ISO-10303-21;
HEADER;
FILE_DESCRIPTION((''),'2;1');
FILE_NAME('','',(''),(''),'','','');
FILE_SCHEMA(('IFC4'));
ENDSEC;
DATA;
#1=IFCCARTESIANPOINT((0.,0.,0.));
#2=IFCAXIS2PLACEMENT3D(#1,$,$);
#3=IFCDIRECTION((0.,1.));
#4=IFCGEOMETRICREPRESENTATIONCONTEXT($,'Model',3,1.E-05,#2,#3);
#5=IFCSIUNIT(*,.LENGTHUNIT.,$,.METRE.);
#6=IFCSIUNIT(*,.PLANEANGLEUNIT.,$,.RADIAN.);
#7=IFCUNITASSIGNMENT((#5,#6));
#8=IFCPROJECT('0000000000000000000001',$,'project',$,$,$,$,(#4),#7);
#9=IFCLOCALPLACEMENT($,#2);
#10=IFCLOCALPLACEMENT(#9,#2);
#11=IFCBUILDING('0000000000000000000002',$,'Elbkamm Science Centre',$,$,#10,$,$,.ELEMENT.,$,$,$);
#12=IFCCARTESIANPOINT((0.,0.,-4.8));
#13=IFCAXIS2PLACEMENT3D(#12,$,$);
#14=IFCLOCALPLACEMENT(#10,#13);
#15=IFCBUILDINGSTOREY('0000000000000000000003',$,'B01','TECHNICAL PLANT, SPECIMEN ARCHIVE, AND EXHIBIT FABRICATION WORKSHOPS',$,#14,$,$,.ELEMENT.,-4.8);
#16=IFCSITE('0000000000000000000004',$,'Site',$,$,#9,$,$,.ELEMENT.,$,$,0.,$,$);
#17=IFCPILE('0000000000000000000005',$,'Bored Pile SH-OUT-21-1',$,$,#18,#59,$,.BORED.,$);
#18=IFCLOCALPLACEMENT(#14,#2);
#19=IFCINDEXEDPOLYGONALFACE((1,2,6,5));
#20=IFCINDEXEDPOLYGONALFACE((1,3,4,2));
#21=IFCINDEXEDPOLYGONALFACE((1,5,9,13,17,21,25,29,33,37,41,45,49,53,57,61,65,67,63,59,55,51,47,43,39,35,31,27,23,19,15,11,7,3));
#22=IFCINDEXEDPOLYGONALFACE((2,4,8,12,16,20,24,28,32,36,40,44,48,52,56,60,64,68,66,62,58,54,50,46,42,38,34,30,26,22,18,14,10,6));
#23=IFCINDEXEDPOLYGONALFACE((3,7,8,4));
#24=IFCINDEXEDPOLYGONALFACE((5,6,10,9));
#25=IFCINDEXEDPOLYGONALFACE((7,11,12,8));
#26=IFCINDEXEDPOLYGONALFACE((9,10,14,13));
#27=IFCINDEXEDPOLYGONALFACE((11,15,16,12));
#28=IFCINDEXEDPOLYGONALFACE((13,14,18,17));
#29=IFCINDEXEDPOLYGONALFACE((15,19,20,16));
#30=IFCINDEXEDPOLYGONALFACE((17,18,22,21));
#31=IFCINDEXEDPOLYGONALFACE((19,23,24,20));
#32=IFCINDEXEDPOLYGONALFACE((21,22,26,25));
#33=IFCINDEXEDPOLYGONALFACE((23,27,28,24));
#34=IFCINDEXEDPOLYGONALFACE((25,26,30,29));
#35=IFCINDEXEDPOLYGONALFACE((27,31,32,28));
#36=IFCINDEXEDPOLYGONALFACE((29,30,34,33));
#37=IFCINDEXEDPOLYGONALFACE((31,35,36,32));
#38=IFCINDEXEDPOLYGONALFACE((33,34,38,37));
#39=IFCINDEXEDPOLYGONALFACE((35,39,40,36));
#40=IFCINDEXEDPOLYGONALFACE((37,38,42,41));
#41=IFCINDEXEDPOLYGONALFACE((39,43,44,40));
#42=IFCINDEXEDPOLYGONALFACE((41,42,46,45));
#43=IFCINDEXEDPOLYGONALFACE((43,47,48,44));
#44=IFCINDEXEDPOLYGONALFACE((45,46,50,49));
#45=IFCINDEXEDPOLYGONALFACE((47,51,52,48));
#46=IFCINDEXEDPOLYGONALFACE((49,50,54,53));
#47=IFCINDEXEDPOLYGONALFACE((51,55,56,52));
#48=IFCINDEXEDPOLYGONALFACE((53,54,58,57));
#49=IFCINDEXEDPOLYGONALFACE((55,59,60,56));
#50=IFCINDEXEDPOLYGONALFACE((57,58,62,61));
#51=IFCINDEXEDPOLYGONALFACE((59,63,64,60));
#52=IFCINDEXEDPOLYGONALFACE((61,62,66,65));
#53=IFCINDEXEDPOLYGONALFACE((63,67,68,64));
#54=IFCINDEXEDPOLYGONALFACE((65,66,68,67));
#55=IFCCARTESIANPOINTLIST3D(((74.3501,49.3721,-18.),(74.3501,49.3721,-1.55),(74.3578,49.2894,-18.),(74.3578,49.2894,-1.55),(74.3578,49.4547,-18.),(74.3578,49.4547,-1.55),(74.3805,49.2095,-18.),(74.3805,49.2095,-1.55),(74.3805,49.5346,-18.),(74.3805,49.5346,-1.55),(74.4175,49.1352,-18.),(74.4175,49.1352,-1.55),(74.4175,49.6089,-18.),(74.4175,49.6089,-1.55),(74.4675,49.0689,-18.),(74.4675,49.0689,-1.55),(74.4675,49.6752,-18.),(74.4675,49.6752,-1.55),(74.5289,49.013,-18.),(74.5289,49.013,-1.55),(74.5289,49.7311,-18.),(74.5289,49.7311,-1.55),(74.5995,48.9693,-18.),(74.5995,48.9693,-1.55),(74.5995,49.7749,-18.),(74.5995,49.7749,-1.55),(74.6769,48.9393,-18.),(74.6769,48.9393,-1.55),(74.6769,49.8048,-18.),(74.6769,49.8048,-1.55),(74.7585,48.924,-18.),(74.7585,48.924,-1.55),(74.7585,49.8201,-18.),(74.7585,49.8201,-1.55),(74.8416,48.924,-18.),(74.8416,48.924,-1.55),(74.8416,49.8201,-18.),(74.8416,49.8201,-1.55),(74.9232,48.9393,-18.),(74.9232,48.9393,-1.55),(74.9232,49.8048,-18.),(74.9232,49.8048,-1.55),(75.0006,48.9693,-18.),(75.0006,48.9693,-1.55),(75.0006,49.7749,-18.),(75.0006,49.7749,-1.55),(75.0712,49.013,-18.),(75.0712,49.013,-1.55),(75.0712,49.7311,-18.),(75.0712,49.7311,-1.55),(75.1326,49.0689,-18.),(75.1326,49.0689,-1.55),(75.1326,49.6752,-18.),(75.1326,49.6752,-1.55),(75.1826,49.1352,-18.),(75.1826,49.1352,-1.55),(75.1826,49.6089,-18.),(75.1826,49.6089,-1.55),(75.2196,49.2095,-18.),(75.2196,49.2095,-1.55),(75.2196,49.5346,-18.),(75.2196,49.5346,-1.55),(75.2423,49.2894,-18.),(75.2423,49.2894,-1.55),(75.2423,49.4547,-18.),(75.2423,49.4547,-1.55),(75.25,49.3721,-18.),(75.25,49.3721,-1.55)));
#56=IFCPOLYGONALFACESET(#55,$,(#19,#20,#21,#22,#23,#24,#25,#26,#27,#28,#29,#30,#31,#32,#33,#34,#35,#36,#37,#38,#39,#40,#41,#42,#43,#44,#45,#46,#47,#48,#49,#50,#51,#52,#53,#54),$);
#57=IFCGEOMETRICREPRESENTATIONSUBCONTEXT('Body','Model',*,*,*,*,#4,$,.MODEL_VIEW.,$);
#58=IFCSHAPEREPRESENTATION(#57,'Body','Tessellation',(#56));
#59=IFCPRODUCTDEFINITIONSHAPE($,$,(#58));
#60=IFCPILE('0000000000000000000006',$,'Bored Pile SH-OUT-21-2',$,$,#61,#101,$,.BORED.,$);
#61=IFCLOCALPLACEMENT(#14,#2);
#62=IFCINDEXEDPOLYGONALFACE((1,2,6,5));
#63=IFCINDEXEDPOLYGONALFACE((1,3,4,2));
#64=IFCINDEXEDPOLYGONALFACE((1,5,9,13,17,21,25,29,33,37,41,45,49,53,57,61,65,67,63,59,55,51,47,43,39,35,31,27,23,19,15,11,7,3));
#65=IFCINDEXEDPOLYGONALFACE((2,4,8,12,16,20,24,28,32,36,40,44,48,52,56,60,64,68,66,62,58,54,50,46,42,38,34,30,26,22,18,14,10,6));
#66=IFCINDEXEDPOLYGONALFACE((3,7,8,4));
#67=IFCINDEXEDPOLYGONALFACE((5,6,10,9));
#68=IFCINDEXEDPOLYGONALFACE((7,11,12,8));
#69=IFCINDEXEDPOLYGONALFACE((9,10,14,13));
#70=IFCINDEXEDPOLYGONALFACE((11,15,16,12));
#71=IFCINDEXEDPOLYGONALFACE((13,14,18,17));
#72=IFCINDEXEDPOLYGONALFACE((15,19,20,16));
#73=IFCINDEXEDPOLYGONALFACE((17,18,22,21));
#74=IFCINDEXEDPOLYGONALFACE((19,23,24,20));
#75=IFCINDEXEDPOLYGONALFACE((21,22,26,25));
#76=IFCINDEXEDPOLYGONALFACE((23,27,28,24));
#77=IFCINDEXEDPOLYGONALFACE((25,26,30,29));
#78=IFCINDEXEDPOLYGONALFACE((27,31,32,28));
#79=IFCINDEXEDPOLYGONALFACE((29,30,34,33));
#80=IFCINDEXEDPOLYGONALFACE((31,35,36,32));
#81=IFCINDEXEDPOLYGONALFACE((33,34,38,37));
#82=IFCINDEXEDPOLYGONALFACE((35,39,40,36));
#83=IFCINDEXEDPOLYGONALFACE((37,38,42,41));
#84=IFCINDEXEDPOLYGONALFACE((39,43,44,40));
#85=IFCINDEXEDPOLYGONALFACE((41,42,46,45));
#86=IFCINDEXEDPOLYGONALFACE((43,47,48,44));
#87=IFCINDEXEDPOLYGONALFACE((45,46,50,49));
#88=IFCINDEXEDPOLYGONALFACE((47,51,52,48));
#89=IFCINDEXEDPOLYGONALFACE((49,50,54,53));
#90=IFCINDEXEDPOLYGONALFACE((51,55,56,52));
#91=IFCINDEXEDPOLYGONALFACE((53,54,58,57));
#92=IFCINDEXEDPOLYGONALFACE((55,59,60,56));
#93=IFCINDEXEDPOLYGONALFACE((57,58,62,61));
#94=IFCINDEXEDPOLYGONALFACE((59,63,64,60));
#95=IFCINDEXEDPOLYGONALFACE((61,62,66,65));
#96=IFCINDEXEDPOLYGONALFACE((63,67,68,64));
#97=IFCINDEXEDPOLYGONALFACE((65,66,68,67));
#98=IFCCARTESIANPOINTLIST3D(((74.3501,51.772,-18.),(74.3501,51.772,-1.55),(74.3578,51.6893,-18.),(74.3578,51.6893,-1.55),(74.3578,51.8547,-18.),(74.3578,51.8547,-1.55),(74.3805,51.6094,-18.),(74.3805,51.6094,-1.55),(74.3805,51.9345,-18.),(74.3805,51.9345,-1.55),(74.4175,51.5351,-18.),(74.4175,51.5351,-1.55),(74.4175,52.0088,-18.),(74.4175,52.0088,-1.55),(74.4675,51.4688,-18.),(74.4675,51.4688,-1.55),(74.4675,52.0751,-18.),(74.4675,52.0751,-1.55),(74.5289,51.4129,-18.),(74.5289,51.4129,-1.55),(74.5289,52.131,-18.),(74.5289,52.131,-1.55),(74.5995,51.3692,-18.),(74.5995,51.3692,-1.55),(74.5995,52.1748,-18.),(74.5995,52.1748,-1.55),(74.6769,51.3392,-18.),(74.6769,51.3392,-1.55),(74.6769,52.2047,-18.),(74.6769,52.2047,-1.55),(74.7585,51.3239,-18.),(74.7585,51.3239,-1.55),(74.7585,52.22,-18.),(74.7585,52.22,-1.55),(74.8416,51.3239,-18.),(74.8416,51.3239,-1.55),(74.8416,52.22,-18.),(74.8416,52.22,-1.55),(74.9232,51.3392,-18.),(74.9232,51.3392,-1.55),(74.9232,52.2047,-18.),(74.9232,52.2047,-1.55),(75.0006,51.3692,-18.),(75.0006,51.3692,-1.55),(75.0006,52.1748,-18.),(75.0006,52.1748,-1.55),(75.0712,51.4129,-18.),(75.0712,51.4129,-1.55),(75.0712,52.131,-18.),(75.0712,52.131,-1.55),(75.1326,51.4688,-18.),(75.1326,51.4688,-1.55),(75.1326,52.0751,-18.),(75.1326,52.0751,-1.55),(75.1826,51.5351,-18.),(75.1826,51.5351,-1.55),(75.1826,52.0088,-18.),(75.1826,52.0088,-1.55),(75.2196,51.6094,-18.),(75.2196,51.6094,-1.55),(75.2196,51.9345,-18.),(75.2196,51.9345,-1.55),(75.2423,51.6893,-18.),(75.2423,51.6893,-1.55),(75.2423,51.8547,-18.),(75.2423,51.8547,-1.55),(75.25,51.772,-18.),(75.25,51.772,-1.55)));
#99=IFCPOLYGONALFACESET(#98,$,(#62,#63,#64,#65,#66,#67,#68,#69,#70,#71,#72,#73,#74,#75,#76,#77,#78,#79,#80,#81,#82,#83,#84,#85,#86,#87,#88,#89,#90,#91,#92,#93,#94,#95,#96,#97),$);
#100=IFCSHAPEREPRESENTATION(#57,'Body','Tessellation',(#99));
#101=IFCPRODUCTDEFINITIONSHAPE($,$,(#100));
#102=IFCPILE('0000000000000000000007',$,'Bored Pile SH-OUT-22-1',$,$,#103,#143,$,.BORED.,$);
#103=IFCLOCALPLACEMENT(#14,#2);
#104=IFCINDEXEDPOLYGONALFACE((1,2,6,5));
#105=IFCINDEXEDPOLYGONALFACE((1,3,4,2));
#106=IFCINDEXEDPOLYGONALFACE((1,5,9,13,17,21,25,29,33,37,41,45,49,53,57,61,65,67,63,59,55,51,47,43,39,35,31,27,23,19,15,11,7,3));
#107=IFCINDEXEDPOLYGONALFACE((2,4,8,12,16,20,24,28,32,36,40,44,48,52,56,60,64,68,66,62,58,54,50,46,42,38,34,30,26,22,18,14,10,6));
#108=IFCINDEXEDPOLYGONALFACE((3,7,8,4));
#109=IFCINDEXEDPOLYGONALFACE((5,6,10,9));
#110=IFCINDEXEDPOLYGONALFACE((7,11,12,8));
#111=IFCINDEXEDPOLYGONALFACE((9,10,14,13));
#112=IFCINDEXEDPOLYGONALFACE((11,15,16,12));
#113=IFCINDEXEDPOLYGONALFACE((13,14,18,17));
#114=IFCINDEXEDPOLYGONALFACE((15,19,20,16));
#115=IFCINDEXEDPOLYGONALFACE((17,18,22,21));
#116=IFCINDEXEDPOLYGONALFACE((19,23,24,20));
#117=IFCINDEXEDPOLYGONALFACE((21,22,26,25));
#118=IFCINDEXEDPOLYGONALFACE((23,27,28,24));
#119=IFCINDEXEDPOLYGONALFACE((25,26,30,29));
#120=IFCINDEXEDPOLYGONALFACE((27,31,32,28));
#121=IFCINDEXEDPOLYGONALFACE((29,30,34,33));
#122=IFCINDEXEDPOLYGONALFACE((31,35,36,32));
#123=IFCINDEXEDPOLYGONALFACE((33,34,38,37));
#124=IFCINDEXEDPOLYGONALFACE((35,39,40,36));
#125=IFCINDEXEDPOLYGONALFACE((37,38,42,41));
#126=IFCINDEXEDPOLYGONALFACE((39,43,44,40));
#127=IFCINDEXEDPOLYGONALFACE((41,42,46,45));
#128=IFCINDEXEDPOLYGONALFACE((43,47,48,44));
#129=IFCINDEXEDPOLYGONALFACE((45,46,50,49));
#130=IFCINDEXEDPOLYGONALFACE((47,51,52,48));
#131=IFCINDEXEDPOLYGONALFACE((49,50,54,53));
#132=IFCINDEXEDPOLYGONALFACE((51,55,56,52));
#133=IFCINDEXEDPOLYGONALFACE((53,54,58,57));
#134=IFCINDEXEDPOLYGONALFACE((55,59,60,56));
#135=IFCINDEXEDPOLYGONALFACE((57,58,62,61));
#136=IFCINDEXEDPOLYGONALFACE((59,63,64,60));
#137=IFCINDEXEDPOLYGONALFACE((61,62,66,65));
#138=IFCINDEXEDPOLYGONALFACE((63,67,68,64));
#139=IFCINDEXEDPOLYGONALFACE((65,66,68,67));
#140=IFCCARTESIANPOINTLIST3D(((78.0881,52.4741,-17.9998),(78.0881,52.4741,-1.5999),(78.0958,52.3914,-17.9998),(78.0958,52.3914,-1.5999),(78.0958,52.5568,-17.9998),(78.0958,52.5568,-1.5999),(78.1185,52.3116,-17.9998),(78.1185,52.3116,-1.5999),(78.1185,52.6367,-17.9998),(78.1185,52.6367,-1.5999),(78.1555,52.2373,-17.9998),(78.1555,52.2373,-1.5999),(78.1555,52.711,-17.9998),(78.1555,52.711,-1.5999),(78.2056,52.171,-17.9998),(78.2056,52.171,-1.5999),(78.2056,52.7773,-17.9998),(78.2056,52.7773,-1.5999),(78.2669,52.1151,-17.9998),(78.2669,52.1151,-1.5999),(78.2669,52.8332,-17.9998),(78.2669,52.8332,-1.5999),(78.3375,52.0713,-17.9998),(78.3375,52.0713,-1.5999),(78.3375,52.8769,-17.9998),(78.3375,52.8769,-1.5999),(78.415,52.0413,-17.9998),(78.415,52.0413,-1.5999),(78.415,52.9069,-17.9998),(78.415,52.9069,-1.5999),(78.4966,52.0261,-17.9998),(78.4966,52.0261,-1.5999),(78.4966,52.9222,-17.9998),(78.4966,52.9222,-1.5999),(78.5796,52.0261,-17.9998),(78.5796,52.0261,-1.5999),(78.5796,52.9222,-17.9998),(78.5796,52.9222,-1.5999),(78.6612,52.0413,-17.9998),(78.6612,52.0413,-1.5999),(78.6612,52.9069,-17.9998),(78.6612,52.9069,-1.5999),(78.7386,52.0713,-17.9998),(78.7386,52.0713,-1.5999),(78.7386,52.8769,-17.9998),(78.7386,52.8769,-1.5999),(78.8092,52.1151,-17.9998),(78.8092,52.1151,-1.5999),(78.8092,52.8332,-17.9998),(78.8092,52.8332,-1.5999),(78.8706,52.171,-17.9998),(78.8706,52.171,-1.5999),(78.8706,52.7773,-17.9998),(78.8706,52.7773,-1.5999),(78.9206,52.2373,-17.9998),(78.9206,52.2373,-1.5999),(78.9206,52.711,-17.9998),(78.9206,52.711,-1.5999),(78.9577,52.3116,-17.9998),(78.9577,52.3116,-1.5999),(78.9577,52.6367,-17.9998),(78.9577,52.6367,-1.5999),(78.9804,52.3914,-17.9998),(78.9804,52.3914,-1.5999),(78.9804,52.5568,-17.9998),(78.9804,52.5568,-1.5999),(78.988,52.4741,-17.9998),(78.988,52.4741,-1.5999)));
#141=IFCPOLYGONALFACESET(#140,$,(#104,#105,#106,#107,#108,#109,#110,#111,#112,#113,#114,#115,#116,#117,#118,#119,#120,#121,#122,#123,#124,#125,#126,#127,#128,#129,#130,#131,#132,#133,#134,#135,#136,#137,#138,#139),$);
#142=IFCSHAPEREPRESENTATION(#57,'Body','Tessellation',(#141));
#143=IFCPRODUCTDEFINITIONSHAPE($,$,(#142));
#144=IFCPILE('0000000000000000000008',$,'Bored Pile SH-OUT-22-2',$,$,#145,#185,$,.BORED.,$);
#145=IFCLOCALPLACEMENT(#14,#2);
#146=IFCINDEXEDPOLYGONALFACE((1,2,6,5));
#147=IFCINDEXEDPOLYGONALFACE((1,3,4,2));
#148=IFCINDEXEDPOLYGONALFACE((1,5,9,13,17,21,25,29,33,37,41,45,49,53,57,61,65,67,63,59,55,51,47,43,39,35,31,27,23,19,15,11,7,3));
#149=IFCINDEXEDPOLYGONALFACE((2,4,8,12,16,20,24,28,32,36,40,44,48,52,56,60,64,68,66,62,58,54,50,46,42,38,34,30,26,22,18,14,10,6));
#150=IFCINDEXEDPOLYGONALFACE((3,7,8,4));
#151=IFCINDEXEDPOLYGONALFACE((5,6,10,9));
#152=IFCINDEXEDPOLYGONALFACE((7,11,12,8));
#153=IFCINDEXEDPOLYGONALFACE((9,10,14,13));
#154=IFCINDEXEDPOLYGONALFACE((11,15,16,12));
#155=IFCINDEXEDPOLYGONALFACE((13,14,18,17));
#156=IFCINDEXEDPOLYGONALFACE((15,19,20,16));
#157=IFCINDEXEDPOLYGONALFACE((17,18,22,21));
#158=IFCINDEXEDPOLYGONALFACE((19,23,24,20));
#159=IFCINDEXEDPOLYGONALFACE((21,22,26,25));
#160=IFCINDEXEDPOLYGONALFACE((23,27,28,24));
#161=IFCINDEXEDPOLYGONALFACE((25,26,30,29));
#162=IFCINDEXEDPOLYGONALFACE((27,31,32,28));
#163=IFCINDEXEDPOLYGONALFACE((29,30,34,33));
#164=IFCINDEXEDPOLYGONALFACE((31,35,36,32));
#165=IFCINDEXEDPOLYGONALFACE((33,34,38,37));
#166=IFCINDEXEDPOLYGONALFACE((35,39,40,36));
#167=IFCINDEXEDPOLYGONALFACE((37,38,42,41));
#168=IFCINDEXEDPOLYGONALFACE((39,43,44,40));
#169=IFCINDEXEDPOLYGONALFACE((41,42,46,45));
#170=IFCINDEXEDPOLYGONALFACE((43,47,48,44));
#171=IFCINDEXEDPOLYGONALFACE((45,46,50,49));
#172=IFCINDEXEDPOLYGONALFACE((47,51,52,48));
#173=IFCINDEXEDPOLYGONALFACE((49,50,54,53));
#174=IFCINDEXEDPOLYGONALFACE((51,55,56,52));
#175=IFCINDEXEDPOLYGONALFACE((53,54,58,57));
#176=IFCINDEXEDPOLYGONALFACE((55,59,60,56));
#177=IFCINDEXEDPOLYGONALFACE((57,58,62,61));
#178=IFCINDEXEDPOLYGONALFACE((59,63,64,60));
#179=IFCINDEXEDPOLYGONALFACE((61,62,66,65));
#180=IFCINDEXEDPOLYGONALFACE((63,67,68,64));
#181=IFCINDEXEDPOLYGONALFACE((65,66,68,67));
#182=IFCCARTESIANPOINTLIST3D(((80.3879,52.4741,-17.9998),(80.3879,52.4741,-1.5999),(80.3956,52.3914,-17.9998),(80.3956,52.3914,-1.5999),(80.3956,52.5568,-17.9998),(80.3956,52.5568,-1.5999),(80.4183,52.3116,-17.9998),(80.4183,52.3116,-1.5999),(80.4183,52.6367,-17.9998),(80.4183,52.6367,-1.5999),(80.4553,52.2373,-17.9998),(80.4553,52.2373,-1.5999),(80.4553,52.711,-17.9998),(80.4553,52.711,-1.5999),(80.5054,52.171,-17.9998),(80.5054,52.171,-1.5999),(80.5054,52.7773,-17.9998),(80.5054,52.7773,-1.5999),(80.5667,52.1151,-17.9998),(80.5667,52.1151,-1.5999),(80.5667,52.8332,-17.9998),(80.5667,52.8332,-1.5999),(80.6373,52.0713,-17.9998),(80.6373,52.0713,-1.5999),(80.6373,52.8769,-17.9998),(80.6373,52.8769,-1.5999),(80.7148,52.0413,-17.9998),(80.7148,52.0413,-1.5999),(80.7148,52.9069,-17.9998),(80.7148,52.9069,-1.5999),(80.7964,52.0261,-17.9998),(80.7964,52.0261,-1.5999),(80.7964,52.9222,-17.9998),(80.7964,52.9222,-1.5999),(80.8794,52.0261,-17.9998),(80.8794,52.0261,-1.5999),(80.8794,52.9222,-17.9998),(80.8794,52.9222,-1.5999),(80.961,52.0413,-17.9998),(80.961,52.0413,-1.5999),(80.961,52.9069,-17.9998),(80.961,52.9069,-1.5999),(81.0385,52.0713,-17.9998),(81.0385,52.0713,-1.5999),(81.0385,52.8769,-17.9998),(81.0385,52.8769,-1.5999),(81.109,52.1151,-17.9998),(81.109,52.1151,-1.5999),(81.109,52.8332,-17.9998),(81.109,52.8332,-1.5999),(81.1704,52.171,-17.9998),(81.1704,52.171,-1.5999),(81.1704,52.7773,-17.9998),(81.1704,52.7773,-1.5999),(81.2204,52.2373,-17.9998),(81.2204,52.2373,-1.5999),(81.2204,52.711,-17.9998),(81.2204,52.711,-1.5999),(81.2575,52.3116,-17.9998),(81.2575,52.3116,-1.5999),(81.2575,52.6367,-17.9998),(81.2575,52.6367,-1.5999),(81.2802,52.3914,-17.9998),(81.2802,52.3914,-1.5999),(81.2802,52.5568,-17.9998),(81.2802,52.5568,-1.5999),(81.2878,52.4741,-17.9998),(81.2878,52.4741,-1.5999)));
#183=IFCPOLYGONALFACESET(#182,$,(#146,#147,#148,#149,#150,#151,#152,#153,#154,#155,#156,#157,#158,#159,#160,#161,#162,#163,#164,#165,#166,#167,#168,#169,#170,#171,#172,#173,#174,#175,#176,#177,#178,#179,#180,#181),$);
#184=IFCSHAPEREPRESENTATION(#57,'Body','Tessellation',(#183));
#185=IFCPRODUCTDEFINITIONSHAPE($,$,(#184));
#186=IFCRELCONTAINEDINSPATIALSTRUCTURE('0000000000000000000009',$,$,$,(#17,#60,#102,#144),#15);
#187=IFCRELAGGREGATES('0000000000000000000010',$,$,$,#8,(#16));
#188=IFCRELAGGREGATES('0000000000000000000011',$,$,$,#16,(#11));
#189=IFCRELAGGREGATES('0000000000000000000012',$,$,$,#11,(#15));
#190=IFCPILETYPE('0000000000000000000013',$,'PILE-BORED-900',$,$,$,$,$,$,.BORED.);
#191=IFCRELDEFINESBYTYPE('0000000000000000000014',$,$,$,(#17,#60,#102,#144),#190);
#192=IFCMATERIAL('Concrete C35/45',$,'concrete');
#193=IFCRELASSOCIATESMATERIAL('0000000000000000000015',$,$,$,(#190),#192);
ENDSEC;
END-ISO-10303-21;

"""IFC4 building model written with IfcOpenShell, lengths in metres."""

from ifc_helpers import new_model, si_unit, direction, frame, origin, origin_2d, place, context, subcontext, project, spatial, circle, extrude, material, material_profile, profile_set, type_object, element, save


model = new_model("IFC4")

# Units and contexts
model_context = context("Model", 3, precision=1e-05, world=origin(), true_north=direction((0.0, 1.0)))
body_context = subcontext(model_context, "Body", "Model", "MODEL_VIEW")
ifc_project = project(units=[si_unit("LENGTHUNIT", "METRE"), si_unit("PLANEANGLEUNIT", "RADIAN")], contexts=[model_context])

# Site, building, storey
site_placement = place(None, origin())
site = spatial("IfcSite", under=ifc_project, at=site_placement, Name="Site", CompositionType="ELEMENT", RefElevation=0.0)
building_placement = place(site_placement, origin())
building = spatial("IfcBuilding", under=site, at=building_placement, Name="Elbkamm Science Centre", CompositionType="ELEMENT")
storey_placement = place(building_placement, frame((0.0, 0.0, -4.8)))
storey = spatial("IfcBuildingStorey", under=building, at=storey_placement, Name="B01", Description="TECHNICAL PLANT, SPECIMEN ARCHIVE, AND EXHIBIT FABRICATION WORKSHOPS", CompositionType="ELEMENT", Elevation=-4.8)

# Shared definitions
ifc_material_1 = material(Name="Concrete C35/45", Category="concrete")

# Piles
ifc_material_profile_1 = material_profile(ifc_material_1, circle(Radius=0.45, at=origin_2d()), Name="PILE D900")
ifc_profile_set_1 = profile_set([ifc_material_profile_1], Name="Concrete C35/45")
pile_type_1 = type_object("IfcPileType", Name="PILE-BORED-900", PredefinedType="BORED", material=ifc_profile_set_1)
for number, where, z_axis, x_axis, name in (
    (1, (74.8, 49.3721, -1.55), (0.0, 0.0, -1.0), (1.0, 0.0, 0.0), "Bored Pile SH-OUT-21-1"),
    (2, (74.8, 51.772, -1.55), (0.0, 0.0, -1.0), (1.0, 0.0, 0.0), "Bored Pile SH-OUT-21-2"),
):
    element("IfcPile", number, at=place(storey_placement, frame(where, z_axis=z_axis, x_axis=x_axis)), inside=storey, type_object=pile_type_1, Name=name, PredefinedType="BORED", context=body_context, shape_type="SweptSolid", body=[
        extrude(circle(Radius=0.45, at=origin_2d()), origin(), (0.0, 0.0, 1.0), 16.45),
    ])
for number, where, z_axis, x_axis, name in (
    (3, (78.5381, 52.4741, -1.5999), (0.0, 0.0, -1.0), (1.0, 0.0, 0.0), "Bored Pile SH-OUT-22-1"),
    (4, (80.8379, 52.4741, -1.5999), (0.0, 0.0, -1.0), (1.0, 0.0, 0.0), "Bored Pile SH-OUT-22-2"),
):
    element("IfcPile", number, at=place(storey_placement, frame(where, z_axis=z_axis, x_axis=x_axis)), inside=storey, type_object=pile_type_1, Name=name, PredefinedType="BORED", context=body_context, shape_type="SweptSolid", body=[
        extrude(circle(Radius=0.45, at=origin_2d()), origin(), (0.0, 0.0, 1.0), 16.3999),
    ])

save(model, "model.ifc")
